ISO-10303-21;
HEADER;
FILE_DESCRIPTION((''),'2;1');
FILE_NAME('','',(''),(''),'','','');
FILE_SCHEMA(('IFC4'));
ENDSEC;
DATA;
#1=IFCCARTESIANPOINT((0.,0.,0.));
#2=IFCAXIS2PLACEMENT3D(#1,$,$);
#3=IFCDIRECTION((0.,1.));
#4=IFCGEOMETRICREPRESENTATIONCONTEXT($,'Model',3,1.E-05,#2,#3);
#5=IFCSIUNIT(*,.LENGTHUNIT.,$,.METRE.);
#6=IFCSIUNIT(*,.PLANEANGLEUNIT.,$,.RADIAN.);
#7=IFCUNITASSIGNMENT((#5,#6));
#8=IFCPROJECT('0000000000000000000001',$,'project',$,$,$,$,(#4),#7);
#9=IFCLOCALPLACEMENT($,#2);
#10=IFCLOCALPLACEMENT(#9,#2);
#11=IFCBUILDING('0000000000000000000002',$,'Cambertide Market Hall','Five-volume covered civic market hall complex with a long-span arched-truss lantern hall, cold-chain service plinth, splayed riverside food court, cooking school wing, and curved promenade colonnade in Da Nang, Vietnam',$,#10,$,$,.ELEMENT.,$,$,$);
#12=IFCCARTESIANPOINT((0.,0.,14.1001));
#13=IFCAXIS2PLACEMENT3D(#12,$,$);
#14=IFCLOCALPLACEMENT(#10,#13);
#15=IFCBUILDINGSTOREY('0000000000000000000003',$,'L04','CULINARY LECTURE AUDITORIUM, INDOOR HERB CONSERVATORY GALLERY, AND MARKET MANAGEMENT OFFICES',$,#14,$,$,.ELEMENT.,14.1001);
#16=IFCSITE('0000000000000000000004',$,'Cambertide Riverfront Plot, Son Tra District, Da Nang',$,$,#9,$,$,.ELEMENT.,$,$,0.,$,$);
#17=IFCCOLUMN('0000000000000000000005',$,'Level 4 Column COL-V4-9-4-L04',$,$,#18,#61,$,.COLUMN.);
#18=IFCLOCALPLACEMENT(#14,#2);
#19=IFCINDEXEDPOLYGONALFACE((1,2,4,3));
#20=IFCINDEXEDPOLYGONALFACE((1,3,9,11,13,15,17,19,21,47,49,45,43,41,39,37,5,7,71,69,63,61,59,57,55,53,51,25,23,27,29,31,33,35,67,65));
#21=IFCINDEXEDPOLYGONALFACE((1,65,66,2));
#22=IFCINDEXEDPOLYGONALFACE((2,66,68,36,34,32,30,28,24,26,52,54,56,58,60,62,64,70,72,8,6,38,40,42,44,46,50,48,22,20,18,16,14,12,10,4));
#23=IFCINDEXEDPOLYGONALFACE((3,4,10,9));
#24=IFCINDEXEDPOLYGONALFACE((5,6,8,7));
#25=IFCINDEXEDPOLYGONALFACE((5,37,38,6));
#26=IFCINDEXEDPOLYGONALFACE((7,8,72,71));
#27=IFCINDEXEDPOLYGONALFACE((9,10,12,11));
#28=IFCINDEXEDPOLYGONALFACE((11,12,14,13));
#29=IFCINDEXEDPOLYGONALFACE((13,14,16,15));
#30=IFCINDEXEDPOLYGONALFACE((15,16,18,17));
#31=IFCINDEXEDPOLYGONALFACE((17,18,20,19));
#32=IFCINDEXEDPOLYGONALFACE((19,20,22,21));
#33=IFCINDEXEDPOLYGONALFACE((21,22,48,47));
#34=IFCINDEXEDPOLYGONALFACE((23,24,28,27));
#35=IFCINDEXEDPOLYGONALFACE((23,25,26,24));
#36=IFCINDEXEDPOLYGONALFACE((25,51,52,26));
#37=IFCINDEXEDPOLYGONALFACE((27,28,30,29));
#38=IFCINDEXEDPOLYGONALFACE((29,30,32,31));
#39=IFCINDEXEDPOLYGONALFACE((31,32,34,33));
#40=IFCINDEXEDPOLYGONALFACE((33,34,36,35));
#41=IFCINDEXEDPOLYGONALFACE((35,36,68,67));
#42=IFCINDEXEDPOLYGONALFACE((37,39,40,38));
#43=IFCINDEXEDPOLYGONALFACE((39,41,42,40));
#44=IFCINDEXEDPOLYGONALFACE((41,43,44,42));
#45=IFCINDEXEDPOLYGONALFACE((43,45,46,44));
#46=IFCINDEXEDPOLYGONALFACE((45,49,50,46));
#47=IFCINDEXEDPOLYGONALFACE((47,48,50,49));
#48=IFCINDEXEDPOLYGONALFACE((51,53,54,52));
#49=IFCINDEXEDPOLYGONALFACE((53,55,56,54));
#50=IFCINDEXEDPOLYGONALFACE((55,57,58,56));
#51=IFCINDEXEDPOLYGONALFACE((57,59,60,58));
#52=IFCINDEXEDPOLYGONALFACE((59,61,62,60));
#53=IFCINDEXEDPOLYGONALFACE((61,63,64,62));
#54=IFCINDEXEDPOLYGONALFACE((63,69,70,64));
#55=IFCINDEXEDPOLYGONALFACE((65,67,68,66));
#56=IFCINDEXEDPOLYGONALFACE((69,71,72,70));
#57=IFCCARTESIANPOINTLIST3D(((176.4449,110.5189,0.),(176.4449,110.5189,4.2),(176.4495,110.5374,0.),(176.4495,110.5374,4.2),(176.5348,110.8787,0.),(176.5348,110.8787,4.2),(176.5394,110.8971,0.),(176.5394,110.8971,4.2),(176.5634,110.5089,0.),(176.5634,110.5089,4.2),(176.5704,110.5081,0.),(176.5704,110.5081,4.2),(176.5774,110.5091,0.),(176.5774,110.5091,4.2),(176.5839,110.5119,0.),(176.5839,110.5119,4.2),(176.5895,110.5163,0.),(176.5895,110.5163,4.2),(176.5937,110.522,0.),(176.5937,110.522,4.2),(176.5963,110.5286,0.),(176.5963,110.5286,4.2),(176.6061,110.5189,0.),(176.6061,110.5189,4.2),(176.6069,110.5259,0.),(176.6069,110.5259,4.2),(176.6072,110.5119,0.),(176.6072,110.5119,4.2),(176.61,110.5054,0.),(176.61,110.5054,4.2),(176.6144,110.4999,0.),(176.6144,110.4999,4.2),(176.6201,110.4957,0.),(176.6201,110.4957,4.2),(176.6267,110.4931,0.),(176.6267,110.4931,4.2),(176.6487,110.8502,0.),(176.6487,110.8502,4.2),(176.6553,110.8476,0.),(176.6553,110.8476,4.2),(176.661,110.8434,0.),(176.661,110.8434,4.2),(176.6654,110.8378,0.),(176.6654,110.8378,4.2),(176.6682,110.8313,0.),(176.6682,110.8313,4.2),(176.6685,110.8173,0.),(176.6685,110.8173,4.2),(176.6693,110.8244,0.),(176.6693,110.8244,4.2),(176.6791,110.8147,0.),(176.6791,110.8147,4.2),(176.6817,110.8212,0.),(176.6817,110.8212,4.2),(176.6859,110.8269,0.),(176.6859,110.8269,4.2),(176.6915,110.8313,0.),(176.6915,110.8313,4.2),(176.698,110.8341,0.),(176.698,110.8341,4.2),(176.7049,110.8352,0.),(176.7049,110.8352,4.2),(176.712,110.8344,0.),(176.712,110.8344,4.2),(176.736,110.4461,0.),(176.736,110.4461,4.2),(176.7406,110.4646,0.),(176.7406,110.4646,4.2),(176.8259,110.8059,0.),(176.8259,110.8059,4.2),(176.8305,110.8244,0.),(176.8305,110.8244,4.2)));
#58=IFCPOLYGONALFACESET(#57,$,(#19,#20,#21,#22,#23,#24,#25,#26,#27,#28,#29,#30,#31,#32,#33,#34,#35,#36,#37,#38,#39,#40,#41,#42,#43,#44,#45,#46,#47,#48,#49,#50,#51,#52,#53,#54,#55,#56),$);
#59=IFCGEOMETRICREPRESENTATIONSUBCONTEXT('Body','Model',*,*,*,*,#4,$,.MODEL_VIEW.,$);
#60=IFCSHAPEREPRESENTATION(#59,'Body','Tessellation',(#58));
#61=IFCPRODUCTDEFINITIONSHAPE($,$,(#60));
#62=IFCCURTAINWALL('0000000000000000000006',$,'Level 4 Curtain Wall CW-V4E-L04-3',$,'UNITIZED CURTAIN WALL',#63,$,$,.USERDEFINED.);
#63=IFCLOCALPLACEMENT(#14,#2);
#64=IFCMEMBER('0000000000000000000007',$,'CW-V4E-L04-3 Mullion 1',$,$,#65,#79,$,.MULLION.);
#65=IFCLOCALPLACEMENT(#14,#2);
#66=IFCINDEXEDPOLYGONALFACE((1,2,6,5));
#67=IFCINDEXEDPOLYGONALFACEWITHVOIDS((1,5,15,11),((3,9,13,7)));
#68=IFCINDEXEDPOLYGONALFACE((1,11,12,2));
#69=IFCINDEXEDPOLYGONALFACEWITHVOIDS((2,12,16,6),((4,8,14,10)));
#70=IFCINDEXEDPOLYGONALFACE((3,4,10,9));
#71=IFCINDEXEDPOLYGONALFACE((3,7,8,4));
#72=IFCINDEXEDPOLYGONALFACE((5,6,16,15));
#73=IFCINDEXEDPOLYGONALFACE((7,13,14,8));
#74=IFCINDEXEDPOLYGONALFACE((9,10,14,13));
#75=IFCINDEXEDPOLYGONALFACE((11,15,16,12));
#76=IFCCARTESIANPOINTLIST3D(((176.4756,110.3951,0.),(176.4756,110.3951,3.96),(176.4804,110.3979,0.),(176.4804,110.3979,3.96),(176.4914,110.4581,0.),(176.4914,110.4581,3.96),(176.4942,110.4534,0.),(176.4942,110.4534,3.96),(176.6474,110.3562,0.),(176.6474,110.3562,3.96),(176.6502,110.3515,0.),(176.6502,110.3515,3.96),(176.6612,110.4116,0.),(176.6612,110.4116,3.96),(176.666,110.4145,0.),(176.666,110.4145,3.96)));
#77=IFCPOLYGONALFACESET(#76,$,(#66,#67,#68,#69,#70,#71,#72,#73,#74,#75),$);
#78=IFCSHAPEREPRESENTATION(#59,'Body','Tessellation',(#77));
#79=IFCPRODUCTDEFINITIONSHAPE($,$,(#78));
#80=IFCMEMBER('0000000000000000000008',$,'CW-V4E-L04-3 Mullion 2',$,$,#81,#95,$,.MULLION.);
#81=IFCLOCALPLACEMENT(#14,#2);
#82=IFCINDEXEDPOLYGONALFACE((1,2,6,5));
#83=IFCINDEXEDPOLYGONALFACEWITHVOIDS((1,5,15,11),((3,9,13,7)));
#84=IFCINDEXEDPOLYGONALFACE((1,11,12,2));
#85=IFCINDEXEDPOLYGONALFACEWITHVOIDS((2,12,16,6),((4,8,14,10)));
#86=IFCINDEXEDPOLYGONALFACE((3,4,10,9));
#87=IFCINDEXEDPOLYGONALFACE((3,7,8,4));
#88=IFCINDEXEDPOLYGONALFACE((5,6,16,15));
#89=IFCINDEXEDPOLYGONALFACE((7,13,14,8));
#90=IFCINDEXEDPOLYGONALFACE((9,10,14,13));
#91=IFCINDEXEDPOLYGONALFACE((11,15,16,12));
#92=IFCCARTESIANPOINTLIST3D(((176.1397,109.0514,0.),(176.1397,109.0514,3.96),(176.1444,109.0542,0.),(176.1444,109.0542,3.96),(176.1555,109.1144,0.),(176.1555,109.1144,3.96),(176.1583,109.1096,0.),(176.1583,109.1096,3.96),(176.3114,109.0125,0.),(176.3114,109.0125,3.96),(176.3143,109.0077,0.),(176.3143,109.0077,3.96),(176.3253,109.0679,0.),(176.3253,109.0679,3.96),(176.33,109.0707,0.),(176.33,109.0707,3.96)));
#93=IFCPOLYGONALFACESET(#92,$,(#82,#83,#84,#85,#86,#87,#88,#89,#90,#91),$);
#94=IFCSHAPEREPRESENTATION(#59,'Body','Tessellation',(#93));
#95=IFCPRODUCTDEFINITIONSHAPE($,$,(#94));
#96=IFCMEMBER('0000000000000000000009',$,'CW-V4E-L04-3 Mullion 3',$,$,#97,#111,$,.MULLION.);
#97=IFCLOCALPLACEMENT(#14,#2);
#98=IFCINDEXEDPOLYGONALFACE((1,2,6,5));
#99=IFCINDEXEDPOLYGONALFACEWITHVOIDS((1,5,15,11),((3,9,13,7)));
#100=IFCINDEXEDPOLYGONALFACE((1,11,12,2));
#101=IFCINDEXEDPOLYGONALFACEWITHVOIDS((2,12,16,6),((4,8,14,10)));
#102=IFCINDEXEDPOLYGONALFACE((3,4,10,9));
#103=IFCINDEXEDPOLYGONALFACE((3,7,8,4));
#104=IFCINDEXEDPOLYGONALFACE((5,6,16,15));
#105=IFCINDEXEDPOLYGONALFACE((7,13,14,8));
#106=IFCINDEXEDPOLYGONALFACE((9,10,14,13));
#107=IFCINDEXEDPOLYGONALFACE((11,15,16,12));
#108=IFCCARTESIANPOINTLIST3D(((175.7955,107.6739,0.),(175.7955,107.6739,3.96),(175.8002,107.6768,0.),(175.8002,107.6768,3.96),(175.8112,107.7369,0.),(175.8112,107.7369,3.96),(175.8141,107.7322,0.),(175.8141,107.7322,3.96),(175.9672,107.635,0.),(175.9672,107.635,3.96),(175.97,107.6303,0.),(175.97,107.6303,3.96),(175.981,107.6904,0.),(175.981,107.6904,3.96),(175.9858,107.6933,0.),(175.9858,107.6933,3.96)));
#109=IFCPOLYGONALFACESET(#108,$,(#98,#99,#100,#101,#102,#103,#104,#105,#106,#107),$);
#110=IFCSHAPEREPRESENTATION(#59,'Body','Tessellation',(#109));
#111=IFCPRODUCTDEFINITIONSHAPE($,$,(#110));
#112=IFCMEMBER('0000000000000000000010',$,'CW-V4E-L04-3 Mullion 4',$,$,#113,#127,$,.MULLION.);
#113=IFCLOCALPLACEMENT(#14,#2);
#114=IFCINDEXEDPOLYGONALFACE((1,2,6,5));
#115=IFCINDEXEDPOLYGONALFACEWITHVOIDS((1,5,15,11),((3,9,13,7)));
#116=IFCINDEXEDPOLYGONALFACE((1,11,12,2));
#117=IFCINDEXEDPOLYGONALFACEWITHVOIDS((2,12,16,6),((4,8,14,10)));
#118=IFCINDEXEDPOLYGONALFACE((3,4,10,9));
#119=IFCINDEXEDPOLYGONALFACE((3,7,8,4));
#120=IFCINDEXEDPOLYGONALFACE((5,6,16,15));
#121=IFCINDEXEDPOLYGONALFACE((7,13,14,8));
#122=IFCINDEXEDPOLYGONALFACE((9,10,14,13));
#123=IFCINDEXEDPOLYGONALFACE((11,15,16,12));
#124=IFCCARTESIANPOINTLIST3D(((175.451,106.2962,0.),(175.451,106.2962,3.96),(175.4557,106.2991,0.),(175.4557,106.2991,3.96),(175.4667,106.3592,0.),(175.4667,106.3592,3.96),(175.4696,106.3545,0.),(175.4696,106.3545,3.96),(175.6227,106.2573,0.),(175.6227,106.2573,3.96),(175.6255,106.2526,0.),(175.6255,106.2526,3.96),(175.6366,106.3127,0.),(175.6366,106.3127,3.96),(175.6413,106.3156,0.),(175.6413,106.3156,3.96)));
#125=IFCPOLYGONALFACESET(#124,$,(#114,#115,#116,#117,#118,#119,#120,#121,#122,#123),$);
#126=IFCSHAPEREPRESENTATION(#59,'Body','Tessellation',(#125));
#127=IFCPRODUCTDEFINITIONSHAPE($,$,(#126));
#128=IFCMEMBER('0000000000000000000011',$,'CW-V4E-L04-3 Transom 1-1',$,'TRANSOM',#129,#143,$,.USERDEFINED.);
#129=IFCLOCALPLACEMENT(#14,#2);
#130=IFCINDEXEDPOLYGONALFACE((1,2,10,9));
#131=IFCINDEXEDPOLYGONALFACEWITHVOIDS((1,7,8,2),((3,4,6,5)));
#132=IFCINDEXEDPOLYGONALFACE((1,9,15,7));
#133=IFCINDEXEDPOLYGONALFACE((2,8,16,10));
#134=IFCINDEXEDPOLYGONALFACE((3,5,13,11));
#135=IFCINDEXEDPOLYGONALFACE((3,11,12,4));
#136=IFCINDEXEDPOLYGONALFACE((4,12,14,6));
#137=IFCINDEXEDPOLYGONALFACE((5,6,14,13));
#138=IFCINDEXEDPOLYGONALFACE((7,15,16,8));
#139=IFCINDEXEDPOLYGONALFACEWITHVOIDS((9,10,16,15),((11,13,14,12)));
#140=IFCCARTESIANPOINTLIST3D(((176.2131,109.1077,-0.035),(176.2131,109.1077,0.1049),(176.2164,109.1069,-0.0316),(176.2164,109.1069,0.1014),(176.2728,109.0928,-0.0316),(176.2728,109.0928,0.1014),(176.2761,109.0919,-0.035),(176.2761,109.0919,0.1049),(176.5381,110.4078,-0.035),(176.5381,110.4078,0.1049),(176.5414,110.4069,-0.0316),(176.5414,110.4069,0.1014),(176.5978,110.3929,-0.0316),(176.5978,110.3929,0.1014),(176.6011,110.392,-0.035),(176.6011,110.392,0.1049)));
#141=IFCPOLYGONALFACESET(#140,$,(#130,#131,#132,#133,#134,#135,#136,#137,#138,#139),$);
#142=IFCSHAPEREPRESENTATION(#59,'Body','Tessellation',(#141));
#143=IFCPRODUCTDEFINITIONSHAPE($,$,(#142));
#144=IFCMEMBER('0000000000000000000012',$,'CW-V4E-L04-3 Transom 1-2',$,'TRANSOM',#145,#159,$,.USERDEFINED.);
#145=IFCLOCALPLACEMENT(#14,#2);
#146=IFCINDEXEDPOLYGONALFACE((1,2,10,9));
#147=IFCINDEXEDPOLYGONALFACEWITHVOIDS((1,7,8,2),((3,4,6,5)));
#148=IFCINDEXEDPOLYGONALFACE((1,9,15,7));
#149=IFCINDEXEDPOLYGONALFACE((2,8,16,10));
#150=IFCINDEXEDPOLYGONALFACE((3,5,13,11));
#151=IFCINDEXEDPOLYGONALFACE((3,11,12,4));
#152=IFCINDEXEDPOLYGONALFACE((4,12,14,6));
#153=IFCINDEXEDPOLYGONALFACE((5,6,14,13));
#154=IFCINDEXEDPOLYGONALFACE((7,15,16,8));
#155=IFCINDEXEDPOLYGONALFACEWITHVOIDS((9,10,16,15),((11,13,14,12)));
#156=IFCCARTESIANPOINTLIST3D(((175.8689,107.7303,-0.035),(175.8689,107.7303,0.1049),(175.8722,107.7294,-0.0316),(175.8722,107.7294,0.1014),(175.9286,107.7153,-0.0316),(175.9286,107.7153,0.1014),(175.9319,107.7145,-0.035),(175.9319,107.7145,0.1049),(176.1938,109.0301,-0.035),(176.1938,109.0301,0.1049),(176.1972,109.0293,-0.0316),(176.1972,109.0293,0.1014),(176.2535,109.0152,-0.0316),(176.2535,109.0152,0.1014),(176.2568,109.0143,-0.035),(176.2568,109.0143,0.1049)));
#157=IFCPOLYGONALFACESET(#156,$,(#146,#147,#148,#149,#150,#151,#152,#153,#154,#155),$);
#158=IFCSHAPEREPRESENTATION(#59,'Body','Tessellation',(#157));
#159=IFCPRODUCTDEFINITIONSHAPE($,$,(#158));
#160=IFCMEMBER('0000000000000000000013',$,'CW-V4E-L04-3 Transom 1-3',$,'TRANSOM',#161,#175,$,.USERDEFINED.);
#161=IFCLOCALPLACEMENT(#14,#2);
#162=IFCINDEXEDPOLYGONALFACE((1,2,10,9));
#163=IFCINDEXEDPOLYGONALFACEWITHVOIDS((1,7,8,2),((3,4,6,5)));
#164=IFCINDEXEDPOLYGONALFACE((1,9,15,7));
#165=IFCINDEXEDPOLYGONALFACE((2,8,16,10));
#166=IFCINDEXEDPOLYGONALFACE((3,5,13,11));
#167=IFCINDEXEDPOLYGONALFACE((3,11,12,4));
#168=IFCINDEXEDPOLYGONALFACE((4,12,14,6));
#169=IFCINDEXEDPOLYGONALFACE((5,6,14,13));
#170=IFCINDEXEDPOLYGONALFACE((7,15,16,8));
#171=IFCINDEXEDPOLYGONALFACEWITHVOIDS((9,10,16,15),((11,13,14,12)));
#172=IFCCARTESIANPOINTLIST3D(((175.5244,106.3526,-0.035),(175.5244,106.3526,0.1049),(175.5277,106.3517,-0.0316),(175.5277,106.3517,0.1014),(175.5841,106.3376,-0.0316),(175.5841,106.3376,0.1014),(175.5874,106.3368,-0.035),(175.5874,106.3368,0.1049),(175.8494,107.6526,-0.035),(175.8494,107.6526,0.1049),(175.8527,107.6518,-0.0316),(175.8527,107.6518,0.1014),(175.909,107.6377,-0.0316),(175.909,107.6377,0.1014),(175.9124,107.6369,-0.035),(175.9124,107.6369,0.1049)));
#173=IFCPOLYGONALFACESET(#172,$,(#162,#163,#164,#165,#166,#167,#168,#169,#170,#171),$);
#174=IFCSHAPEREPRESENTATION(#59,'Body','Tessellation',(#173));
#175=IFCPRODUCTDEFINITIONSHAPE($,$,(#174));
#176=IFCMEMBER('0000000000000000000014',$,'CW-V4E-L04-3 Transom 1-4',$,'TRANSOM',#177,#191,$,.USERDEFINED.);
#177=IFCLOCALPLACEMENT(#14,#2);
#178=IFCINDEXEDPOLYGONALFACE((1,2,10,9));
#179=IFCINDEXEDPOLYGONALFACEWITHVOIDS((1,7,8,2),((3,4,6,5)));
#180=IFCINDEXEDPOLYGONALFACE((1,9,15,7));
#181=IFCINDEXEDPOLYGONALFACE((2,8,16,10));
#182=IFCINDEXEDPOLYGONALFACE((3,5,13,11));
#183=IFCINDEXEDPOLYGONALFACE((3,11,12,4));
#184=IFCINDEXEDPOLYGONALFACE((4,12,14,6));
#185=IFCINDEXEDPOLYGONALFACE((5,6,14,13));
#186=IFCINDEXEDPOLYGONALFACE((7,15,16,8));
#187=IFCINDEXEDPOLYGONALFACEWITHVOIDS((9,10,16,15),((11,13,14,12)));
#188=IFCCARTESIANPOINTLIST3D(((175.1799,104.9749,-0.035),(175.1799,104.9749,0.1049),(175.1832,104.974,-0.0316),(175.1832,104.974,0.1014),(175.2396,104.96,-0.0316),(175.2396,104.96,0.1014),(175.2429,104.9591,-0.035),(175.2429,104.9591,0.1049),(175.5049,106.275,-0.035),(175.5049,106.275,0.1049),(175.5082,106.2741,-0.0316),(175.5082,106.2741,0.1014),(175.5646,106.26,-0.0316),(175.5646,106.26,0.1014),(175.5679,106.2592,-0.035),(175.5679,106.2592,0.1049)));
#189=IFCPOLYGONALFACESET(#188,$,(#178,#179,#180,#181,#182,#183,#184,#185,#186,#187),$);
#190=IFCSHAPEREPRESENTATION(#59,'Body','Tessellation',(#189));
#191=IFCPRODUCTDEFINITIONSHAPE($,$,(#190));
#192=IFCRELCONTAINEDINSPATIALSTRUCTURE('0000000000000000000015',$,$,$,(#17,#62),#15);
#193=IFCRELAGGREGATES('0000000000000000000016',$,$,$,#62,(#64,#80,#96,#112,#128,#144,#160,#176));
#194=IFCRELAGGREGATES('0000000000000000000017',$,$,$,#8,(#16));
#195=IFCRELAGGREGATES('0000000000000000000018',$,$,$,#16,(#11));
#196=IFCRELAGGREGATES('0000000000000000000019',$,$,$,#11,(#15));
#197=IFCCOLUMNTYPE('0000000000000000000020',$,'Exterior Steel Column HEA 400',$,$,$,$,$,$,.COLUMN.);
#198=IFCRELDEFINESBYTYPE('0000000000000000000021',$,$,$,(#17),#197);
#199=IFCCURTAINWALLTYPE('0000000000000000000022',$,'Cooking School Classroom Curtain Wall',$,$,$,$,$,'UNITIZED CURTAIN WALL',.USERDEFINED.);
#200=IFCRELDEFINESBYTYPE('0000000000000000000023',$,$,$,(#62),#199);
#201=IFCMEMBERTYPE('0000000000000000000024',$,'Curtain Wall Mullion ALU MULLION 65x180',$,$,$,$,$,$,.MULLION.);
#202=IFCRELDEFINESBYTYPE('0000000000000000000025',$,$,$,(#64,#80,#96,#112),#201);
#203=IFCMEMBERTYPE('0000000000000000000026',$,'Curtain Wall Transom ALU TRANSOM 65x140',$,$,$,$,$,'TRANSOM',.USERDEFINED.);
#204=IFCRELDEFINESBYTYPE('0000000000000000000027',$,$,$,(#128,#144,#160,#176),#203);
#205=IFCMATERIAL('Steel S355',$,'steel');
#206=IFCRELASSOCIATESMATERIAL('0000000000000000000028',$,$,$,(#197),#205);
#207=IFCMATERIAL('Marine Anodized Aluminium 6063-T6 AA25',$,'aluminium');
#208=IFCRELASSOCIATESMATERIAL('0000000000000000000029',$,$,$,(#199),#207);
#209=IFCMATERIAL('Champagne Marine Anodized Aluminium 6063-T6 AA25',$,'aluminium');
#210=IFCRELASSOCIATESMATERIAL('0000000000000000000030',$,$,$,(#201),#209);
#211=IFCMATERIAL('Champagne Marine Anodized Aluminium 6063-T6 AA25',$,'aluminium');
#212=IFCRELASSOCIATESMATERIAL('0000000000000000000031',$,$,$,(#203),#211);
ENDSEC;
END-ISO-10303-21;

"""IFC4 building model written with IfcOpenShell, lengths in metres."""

from ifc_helpers import new_model, si_unit, direction, frame, origin, origin_2d, place, context, subcontext, project, spatial, hollow_rectangle, i_section, extrude, material, material_profile, profile_set, type_object, element, aggregate, save


model = new_model("IFC4")

# Units and contexts
model_context = context("Model", 3, precision=1e-05, world=origin(), true_north=direction((0.0, 1.0)))
body_context = subcontext(model_context, "Body", "Model", "MODEL_VIEW")
ifc_project = project(units=[si_unit("LENGTHUNIT", "METRE"), si_unit("PLANEANGLEUNIT", "RADIAN")], contexts=[model_context])

# Site, building, storey
site_placement = place(None, origin())
site = spatial("IfcSite", under=ifc_project, at=site_placement, Name="Cambertide Riverfront Plot, Son Tra District, Da Nang", CompositionType="ELEMENT", RefElevation=0.0)
building_placement = place(site_placement, origin())
building = spatial("IfcBuilding", under=site, at=building_placement, Name="Cambertide Market Hall", Description="Five-volume covered civic market hall complex with a long-span arched-truss lantern hall, cold-chain service plinth, splayed riverside food court, cooking school wing, and curved promenade colonnade in Da Nang, Vietnam", CompositionType="ELEMENT")
storey_placement = place(building_placement, frame((0.0, 0.0, 14.1001)))
storey = spatial("IfcBuildingStorey", under=building, at=storey_placement, Name="L04", Description="CULINARY LECTURE AUDITORIUM, INDOOR HERB CONSERVATORY GALLERY, AND MARKET MANAGEMENT OFFICES", CompositionType="ELEMENT", Elevation=14.1001)

# Column
ifc_material_1 = material(Name="Steel S355", Category="steel")
ifc_material_profile_1 = material_profile(ifc_material_1, i_section(OverallWidth=0.3, OverallDepth=0.3899, WebThickness=0.011, FlangeThickness=0.019, FilletRadius=0.0271, at=origin_2d()), Name="HEA 400")
ifc_profile_set_1 = profile_set([ifc_material_profile_1], Name="Steel S355")
column_type = type_object("IfcColumnType", Name="Exterior Steel Column HEA 400", PredefinedType="COLUMN", material=ifc_profile_set_1)
column_placement = place(storey_placement, frame((176.6377, 110.6716, 0.0), z_axis=(0.0, 0.0, 1.0), x_axis=(0.970143, -0.242536, 0.0)))
element("IfcColumn", 1, at=column_placement, inside=storey, type_object=column_type, Name="Level 4 Column COL-V4-9-4-L04", PredefinedType="COLUMN", context=body_context, shape_type="SweptSolid", body=[
    extrude(i_section(OverallWidth=0.3, OverallDepth=0.3899, WebThickness=0.011, FlangeThickness=0.019, FilletRadius=0.0271, at=origin_2d()), origin(), (0.0, 0.0, 1.0), 4.2),
])

# Curtain wall, members
ifc_material_2 = material(Name="Marine Anodized Aluminium 6063-T6 AA25", Category="aluminium")
curtain_wall_type = type_object("IfcCurtainWallType", Name="Cooking School Classroom Curtain Wall", ElementType="UNITIZED CURTAIN WALL", PredefinedType="USERDEFINED", material=ifc_material_2)
curtain_wall_placement = place(storey_placement, origin())
curtain_wall = element("IfcCurtainWall", 2, at=curtain_wall_placement, inside=storey, type_object=curtain_wall_type, Name="Level 4 Curtain Wall CW-V4E-L04-3", ObjectType="UNITIZED CURTAIN WALL", PredefinedType="USERDEFINED")
ifc_material_3 = material(Name="Champagne Marine Anodized Aluminium 6063-T6 AA25", Category="aluminium")
ifc_material_profile_2 = material_profile(ifc_material_3, hollow_rectangle(XDim=0.0649, YDim=0.1799, WallThickness=0.0039, at=origin_2d()), Name="ALU MULLION 65x180")
ifc_profile_set_2 = profile_set([ifc_material_profile_2], Name="Champagne Marine Anodized Aluminium 6063-T6 AA25")
member_type_1 = type_object("IfcMemberType", Name="Curtain Wall Mullion ALU MULLION 65x180", PredefinedType="MULLION", material=ifc_profile_set_2)
member_1_placement = place(storey_placement, frame((176.5708, 110.4048, 0.0), z_axis=(0.0, 0.0, 1.0), x_axis=(-0.242536, -0.970143, 0.0)))
member_1 = element("IfcMember", 3, at=member_1_placement, type_object=member_type_1, Name="CW-V4E-L04-3 Mullion 1", PredefinedType="MULLION", context=body_context, shape_type="SweptSolid", body=[
    extrude(hollow_rectangle(XDim=0.0649, YDim=0.1799, WallThickness=0.0039, at=origin_2d()), origin(), (0.0, 0.0, 1.0), 3.96),
])
member_2_placement = place(storey_placement, frame((176.2349, 109.061, 0.0), z_axis=(0.0, 0.0, 1.0), x_axis=(-0.242536, -0.970143, 0.0)))
member_2 = element("IfcMember", 4, at=member_2_placement, type_object=member_type_1, Name="CW-V4E-L04-3 Mullion 2", PredefinedType="MULLION", context=body_context, shape_type="SweptSolid", body=[
    extrude(hollow_rectangle(XDim=0.0649, YDim=0.1799, WallThickness=0.0039, at=origin_2d()), origin(), (0.0, 0.0, 1.0), 3.96),
])
member_3_placement = place(storey_placement, frame((175.8906, 107.6836, 0.0), z_axis=(0.0, 0.0, 1.0), x_axis=(-0.242536, -0.970143, 0.0)))
member_3 = element("IfcMember", 5, at=member_3_placement, type_object=member_type_1, Name="CW-V4E-L04-3 Mullion 3", PredefinedType="MULLION", context=body_context, shape_type="SweptSolid", body=[
    extrude(hollow_rectangle(XDim=0.0649, YDim=0.1799, WallThickness=0.0039, at=origin_2d()), origin(), (0.0, 0.0, 1.0), 3.96),
])
member_4_placement = place(storey_placement, frame((175.5461, 106.3059, 0.0), z_axis=(0.0, 0.0, 1.0), x_axis=(-0.242536, -0.970143, 0.0)))
member_4 = element("IfcMember", 6, at=member_4_placement, type_object=member_type_1, Name="CW-V4E-L04-3 Mullion 4", PredefinedType="MULLION", context=body_context, shape_type="SweptSolid", body=[
    extrude(hollow_rectangle(XDim=0.0649, YDim=0.1799, WallThickness=0.0039, at=origin_2d()), origin(), (0.0, 0.0, 1.0), 3.96),
])
ifc_material_4 = material(Name="Champagne Marine Anodized Aluminium 6063-T6 AA25", Category="aluminium")
ifc_material_profile_3 = material_profile(ifc_material_4, hollow_rectangle(XDim=0.0649, YDim=0.1399, WallThickness=0.0034, at=origin_2d()), Name="ALU TRANSOM 65x140")
ifc_profile_set_3 = profile_set([ifc_material_profile_3], Name="Champagne Marine Anodized Aluminium 6063-T6 AA25")
member_type_2 = type_object("IfcMemberType", Name="Curtain Wall Transom ALU TRANSOM 65x140", ElementType="TRANSOM", PredefinedType="USERDEFINED", material=ifc_profile_set_3)
member_5_placement = place(storey_placement, frame((176.5696, 110.3999, 0.0349), z_axis=(-0.242493, -0.970153, 0.0), x_axis=(0.970153, -0.242493, 0.0)))
member_5 = element("IfcMember", 7, at=member_5_placement, type_object=member_type_2, Name="CW-V4E-L04-3 Transom 1-1", ObjectType="TRANSOM", PredefinedType="USERDEFINED", context=body_context, shape_type="SweptSolid", body=[
    extrude(hollow_rectangle(XDim=0.0649, YDim=0.1399, WallThickness=0.0034, at=origin_2d()), origin(), (0.0, 0.0, 1.0), 1.3401),
])
member_6_placement = place(storey_placement, frame((176.2253, 109.0222, 0.0349), z_axis=(-0.242536, -0.970143, 0.0), x_axis=(0.970143, -0.242536, 0.0)))
member_6 = element("IfcMember", 8, at=member_6_placement, type_object=member_type_2, Name="CW-V4E-L04-3 Transom 1-2", ObjectType="TRANSOM", PredefinedType="USERDEFINED", context=body_context, shape_type="SweptSolid", body=[
    extrude(hollow_rectangle(XDim=0.0649, YDim=0.1399, WallThickness=0.0034, at=origin_2d()), origin(), (0.0, 0.0, 1.0), 1.3398),
])
member_7_placement = place(storey_placement, frame((175.8809, 107.6448, 0.0349), z_axis=(-0.242493, -0.970153, 0.0), x_axis=(0.970153, -0.242493, 0.0)))
member_7 = element("IfcMember", 9, at=member_7_placement, type_object=member_type_2, Name="CW-V4E-L04-3 Transom 1-3", ObjectType="TRANSOM", PredefinedType="USERDEFINED", context=body_context, shape_type="SweptSolid", body=[
    extrude(hollow_rectangle(XDim=0.0649, YDim=0.1399, WallThickness=0.0034, at=origin_2d()), origin(), (0.0, 0.0, 1.0), 1.3401),
])
member_8_placement = place(storey_placement, frame((175.5364, 106.2671, 0.0349), z_axis=(-0.242493, -0.970153, 0.0), x_axis=(0.970153, -0.242493, 0.0)))
member_8 = element("IfcMember", 10, at=member_8_placement, type_object=member_type_2, Name="CW-V4E-L04-3 Transom 1-4", ObjectType="TRANSOM", PredefinedType="USERDEFINED", context=body_context, shape_type="SweptSolid", body=[
    extrude(hollow_rectangle(XDim=0.0649, YDim=0.1399, WallThickness=0.0034, at=origin_2d()), origin(), (0.0, 0.0, 1.0), 1.3401),
])
aggregate(curtain_wall, [member_1, member_2, member_3, member_4, member_5, member_6, member_7, member_8])

save(model, "model.ifc")
